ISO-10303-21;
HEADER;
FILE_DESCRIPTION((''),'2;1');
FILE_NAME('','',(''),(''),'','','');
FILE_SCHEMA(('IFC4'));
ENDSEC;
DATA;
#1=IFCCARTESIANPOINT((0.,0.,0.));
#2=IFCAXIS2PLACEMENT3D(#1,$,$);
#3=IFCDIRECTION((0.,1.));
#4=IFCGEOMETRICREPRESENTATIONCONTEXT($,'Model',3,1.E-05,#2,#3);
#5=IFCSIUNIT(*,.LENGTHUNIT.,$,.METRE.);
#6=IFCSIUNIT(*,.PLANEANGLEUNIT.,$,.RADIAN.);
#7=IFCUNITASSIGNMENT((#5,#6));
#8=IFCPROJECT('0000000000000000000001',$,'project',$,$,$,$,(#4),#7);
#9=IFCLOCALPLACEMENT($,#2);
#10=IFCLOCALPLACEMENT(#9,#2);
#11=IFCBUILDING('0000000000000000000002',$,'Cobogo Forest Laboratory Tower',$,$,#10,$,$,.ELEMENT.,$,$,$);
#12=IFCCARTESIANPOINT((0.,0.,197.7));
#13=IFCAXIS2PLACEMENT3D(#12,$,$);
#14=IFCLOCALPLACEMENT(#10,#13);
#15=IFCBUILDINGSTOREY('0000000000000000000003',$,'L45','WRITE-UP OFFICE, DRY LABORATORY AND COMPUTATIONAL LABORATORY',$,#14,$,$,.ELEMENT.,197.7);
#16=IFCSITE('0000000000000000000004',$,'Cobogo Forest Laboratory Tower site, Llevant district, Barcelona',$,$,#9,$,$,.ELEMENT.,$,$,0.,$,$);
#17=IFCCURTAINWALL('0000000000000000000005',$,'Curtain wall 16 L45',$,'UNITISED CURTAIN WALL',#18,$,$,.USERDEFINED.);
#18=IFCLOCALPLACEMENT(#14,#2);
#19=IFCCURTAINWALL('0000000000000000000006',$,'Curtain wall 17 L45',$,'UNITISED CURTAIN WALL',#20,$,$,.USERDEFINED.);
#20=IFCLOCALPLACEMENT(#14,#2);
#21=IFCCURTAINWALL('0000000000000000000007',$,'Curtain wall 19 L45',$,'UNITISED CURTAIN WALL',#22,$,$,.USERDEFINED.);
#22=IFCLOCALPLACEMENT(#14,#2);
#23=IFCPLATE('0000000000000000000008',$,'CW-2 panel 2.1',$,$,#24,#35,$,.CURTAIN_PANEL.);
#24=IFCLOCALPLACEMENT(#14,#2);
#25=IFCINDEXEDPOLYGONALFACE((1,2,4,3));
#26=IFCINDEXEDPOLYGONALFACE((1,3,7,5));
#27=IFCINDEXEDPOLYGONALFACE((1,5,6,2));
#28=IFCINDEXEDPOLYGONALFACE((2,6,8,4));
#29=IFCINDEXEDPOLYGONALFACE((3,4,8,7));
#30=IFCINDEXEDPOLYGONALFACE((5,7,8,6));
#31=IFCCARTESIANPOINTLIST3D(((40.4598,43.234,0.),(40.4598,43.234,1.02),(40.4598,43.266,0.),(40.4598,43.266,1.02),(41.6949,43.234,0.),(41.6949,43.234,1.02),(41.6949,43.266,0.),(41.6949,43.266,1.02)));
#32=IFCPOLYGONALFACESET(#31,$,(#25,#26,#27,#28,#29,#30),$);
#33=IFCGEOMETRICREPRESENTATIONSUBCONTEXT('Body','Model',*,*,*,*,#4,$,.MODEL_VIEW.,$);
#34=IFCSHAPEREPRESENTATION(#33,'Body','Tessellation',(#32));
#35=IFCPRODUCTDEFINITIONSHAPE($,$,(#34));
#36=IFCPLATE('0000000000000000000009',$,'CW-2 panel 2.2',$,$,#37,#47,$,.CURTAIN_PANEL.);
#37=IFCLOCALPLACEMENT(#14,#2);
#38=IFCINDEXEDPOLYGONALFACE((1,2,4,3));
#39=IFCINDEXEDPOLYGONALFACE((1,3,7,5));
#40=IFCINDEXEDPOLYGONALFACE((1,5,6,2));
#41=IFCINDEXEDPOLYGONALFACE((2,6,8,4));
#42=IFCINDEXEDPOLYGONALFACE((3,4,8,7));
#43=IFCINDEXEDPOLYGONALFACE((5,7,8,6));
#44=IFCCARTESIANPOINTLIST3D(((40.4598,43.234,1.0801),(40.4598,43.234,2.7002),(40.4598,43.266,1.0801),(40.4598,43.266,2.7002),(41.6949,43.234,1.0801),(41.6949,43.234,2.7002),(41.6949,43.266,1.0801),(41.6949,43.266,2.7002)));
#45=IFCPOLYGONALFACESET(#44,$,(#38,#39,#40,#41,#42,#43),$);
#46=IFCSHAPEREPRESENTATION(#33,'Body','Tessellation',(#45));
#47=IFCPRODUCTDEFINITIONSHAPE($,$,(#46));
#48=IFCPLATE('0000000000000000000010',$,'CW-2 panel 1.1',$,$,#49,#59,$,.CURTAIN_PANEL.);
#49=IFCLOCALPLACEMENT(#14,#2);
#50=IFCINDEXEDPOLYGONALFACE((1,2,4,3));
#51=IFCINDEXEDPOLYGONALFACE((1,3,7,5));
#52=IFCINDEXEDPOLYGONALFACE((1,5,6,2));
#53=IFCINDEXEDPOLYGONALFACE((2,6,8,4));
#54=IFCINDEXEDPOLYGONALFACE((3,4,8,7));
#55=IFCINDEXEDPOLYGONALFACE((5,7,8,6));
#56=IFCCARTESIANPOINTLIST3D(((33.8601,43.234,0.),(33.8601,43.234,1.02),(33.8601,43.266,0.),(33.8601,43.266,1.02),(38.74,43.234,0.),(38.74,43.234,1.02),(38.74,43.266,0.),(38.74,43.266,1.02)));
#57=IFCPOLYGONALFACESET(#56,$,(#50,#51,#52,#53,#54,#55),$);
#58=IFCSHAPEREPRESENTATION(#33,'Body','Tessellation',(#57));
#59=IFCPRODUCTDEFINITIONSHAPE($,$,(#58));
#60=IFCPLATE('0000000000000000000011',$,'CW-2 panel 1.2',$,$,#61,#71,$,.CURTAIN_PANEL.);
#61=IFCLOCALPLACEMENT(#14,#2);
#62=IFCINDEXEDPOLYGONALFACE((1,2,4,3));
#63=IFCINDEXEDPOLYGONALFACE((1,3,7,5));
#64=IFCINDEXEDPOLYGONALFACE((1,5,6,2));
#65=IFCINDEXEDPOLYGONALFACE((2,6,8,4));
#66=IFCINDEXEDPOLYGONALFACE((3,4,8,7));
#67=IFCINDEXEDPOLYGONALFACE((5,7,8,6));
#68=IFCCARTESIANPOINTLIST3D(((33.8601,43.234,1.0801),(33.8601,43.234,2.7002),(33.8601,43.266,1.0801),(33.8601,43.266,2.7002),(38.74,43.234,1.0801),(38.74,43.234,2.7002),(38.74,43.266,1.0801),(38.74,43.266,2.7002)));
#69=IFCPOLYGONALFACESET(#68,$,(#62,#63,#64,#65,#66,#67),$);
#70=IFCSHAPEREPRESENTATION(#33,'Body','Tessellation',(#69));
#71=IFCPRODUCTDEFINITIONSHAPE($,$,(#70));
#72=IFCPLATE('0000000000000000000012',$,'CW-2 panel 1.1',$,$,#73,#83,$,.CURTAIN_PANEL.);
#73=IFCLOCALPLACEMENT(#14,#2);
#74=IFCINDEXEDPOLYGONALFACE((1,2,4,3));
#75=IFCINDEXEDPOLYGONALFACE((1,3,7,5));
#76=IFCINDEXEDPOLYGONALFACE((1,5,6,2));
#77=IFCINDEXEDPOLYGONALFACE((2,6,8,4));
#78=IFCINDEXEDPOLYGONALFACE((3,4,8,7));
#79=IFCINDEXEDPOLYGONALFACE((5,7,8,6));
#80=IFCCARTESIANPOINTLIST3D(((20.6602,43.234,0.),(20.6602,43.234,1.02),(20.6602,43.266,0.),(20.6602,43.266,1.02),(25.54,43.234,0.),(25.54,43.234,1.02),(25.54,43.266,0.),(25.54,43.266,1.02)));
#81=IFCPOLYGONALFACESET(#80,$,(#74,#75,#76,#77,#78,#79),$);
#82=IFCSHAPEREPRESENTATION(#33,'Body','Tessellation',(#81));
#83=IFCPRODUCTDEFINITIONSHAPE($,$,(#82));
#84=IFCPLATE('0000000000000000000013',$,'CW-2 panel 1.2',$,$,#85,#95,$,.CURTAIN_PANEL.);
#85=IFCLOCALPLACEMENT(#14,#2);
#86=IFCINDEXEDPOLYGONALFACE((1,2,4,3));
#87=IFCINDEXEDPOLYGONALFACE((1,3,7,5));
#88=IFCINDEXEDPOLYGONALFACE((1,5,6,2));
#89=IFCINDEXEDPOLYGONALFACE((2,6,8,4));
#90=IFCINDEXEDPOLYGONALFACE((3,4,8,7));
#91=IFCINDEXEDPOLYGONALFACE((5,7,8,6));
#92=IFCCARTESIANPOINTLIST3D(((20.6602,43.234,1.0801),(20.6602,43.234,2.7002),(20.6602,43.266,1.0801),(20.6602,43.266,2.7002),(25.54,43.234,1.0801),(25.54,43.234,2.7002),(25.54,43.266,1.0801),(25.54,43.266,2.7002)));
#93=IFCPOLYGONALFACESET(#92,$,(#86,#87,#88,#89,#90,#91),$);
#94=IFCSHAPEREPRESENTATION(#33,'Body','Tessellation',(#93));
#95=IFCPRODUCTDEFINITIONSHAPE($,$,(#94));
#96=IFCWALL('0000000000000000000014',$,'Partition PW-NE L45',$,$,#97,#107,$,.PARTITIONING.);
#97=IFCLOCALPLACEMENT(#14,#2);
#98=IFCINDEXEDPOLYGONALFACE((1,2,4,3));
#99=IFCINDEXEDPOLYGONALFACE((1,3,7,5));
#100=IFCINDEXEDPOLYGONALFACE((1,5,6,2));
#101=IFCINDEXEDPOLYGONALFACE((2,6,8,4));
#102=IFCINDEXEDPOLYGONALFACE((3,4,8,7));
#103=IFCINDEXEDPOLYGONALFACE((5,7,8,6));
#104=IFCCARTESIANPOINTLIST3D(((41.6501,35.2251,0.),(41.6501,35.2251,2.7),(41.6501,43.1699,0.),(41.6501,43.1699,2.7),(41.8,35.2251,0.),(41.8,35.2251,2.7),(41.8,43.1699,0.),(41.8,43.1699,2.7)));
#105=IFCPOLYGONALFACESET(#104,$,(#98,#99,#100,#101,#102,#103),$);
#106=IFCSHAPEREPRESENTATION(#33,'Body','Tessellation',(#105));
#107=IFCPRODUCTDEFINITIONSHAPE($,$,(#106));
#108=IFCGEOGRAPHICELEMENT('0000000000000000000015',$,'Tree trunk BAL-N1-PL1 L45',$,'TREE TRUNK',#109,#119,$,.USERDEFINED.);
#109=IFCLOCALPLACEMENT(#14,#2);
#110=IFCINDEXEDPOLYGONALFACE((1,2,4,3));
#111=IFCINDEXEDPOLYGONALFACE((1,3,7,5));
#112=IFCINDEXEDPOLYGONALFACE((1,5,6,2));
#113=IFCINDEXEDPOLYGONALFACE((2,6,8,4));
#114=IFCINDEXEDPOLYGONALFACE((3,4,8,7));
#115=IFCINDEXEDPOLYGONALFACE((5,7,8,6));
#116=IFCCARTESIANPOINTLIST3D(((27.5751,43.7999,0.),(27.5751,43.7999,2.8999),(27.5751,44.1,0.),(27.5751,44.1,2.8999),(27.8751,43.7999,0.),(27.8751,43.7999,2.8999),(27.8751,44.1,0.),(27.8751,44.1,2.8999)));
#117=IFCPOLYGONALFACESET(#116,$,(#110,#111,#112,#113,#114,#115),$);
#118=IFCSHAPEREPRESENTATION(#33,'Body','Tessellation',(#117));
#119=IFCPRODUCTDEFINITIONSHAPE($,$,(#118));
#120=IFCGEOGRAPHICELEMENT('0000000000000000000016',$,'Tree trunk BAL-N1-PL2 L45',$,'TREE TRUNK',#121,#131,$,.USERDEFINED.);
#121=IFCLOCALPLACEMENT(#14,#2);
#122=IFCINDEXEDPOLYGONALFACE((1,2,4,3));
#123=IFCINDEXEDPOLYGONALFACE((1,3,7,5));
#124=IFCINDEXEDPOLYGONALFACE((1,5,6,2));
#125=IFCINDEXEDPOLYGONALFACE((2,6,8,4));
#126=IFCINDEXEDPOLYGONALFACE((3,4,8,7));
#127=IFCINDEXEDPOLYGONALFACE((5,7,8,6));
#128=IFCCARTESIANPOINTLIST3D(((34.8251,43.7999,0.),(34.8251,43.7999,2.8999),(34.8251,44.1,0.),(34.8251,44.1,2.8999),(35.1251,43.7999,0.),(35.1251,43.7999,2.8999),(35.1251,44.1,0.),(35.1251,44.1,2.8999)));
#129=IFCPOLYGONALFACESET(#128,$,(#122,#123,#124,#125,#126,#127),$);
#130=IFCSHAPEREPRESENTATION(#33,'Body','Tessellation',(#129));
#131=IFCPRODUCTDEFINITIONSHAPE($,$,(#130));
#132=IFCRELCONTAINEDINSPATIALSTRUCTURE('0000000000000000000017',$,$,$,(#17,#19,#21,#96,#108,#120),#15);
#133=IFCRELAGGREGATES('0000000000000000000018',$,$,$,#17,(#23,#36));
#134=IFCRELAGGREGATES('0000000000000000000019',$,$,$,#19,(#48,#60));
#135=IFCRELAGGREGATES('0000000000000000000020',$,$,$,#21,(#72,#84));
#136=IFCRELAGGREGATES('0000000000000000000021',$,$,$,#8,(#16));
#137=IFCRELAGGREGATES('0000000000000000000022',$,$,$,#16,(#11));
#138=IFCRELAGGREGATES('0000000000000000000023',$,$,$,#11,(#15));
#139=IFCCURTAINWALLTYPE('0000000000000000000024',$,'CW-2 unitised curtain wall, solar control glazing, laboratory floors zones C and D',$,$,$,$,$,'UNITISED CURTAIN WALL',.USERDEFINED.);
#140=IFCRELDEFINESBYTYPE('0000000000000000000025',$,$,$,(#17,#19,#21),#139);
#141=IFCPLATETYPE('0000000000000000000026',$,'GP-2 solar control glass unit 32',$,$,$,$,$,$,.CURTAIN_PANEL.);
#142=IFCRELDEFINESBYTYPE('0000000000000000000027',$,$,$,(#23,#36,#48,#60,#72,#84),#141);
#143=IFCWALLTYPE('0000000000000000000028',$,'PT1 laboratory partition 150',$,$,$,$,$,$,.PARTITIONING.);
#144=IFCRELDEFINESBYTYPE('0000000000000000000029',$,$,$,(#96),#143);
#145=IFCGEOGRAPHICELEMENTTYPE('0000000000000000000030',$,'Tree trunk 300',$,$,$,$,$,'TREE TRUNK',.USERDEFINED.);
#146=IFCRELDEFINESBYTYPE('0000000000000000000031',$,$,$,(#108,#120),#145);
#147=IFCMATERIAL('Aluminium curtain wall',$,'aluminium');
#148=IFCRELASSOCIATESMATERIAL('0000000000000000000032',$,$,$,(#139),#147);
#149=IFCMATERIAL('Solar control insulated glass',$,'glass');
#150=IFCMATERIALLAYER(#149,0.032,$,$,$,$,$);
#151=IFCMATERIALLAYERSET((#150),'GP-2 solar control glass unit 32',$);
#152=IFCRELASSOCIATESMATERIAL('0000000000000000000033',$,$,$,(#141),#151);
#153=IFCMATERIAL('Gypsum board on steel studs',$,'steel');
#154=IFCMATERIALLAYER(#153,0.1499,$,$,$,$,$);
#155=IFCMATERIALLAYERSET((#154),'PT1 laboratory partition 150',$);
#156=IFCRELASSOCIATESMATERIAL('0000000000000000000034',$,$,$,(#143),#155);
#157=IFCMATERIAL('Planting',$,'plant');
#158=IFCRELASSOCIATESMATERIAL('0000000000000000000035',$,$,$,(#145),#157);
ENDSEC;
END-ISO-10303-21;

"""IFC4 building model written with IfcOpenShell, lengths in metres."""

from ifc_helpers import new_model, si_unit, direction, frame, frame_2d, origin, origin_2d, place, context, subcontext, project, spatial, rectangle, extrude, material, layer, layer_set, type_object, element, aggregate, save


model = new_model("IFC4")

# Units and contexts
model_context = context("Model", 3, precision=1e-05, world=origin(), true_north=direction((0.0, 1.0)))
body_context = subcontext(model_context, "Body", "Model", "MODEL_VIEW")
ifc_project = project(units=[si_unit("LENGTHUNIT", "METRE"), si_unit("PLANEANGLEUNIT", "RADIAN")], contexts=[model_context])

# Site, building, storey
site_placement = place(None, origin())
site = spatial("IfcSite", under=ifc_project, at=site_placement, Name="Cobogo Forest Laboratory Tower site, Llevant district, Barcelona", CompositionType="ELEMENT", RefElevation=0.0)
building_placement = place(site_placement, origin())
building = spatial("IfcBuilding", under=site, at=building_placement, Name="Cobogo Forest Laboratory Tower", CompositionType="ELEMENT")
storey_placement = place(building_placement, frame((0.0, 0.0, 197.7)))
storey = spatial("IfcBuildingStorey", under=building, at=storey_placement, Name="L45", Description="WRITE-UP OFFICE, DRY LABORATORY AND COMPUTATIONAL LABORATORY", CompositionType="ELEMENT", Elevation=197.7)

# Curtain walls
ifc_material_1 = material(Name="Aluminium curtain wall", Category="aluminium")
curtain_wall_type = type_object("IfcCurtainWallType", Name="CW-2 unitised curtain wall, solar control glazing, laboratory floors zones C and D", ElementType="UNITISED CURTAIN WALL", PredefinedType="USERDEFINED", material=ifc_material_1)
curtain_wall_1_placement = place(storey_placement, origin())
curtain_wall_1 = element("IfcCurtainWall", 1, at=curtain_wall_1_placement, inside=storey, type_object=curtain_wall_type, Name="Curtain wall 16 L45", ObjectType="UNITISED CURTAIN WALL", PredefinedType="USERDEFINED")
curtain_wall_2_placement = place(storey_placement, origin())
curtain_wall_2 = element("IfcCurtainWall", 2, at=curtain_wall_2_placement, inside=storey, type_object=curtain_wall_type, Name="Curtain wall 17 L45", ObjectType="UNITISED CURTAIN WALL", PredefinedType="USERDEFINED")
curtain_wall_3_placement = place(storey_placement, origin())
curtain_wall_3 = element("IfcCurtainWall", 3, at=curtain_wall_3_placement, inside=storey, type_object=curtain_wall_type, Name="Curtain wall 19 L45", ObjectType="UNITISED CURTAIN WALL", PredefinedType="USERDEFINED")

# Plates
ifc_material_2 = material(Name="Solar control insulated glass", Category="glass")
ifc_layer_1 = layer(ifc_material_2, 0.032)
ifc_layer_set_1 = layer_set([ifc_layer_1], Name="GP-2 solar control glass unit 32")
plate_type_1 = type_object("IfcPlateType", Name="GP-2 solar control glass unit 32", PredefinedType="CURTAIN_PANEL", material=ifc_layer_set_1)
plate_1_placement = place(storey_placement, frame((41.0774, 43.25, 0.0), z_axis=(0.0, 0.0, 1.0), x_axis=(-1.0, 0.0, 0.0)))
plate_1 = element("IfcPlate", 4, at=plate_1_placement, type_object=plate_type_1, Name="CW-2 panel 2.1", PredefinedType="CURTAIN_PANEL", context=body_context, shape_type="SweptSolid", body=[
    extrude(rectangle(XDim=1.2351, YDim=0.032, at=origin_2d()), origin(), (0.0, 0.0, 1.0), 1.02),
])
plate_2_placement = place(storey_placement, frame((41.0774, 43.25, 1.0801), z_axis=(0.0, 0.0, 1.0), x_axis=(-1.0, 0.0, 0.0)))
plate_2 = element("IfcPlate", 5, at=plate_2_placement, type_object=plate_type_1, Name="CW-2 panel 2.2", PredefinedType="CURTAIN_PANEL", context=body_context, shape_type="SweptSolid", body=[
    extrude(rectangle(XDim=1.2351, YDim=0.032, at=origin_2d()), origin(), (0.0, 0.0, 1.0), 1.6201),
])
aggregate(curtain_wall_1, [plate_1, plate_2])
plate_3_placement = place(storey_placement, frame((36.3, 43.25, 0.0), z_axis=(0.0, 0.0, 1.0), x_axis=(-1.0, 0.0, 0.0)))
plate_3 = element("IfcPlate", 6, at=plate_3_placement, type_object=plate_type_1, Name="CW-2 panel 1.1", PredefinedType="CURTAIN_PANEL", context=body_context, shape_type="SweptSolid", body=[
    extrude(rectangle(XDim=4.8799, YDim=0.032, at=origin_2d()), origin(), (0.0, 0.0, 1.0), 1.02),
])
plate_4_placement = place(storey_placement, frame((36.3, 43.25, 1.0801), z_axis=(0.0, 0.0, 1.0), x_axis=(-1.0, 0.0, 0.0)))
plate_4 = element("IfcPlate", 7, at=plate_4_placement, type_object=plate_type_1, Name="CW-2 panel 1.2", PredefinedType="CURTAIN_PANEL", context=body_context, shape_type="SweptSolid", body=[
    extrude(rectangle(XDim=4.8799, YDim=0.032, at=origin_2d()), origin(), (0.0, 0.0, 1.0), 1.6201),
])
aggregate(curtain_wall_2, [plate_3, plate_4])
plate_5_placement = place(storey_placement, frame((23.1001, 43.25, 0.0), z_axis=(0.0, 0.0, 1.0), x_axis=(-1.0, 0.0, 0.0)))
plate_5 = element("IfcPlate", 8, at=plate_5_placement, type_object=plate_type_1, Name="CW-2 panel 1.1", PredefinedType="CURTAIN_PANEL", context=body_context, shape_type="SweptSolid", body=[
    extrude(rectangle(XDim=4.8799, YDim=0.032, at=origin_2d()), origin(), (0.0, 0.0, 1.0), 1.02),
])
plate_6_placement = place(storey_placement, frame((23.1001, 43.25, 1.0801), z_axis=(0.0, 0.0, 1.0), x_axis=(-1.0, 0.0, 0.0)))
plate_6 = element("IfcPlate", 9, at=plate_6_placement, type_object=plate_type_1, Name="CW-2 panel 1.2", PredefinedType="CURTAIN_PANEL", context=body_context, shape_type="SweptSolid", body=[
    extrude(rectangle(XDim=4.8799, YDim=0.032, at=origin_2d()), origin(), (0.0, 0.0, 1.0), 1.6201),
])
aggregate(curtain_wall_3, [plate_5, plate_6])

# Wall
ifc_material_3 = material(Name="Gypsum board on steel studs", Category="steel")
ifc_layer_2 = layer(ifc_material_3, 0.1499)
ifc_layer_set_2 = layer_set([ifc_layer_2], Name="PT1 laboratory partition 150")
wall_type_1 = type_object("IfcWallType", Name="PT1 laboratory partition 150", PredefinedType="PARTITIONING", material=ifc_layer_set_2)
wall_1_placement = place(storey_placement, frame((41.7251, 43.1699, 0.0), z_axis=(0.0, 0.0, 1.0), x_axis=(0.0, -1.0, 0.0)))
element("IfcWall", 10, at=wall_1_placement, inside=storey, type_object=wall_type_1, Name="Partition PW-NE L45", PredefinedType="PARTITIONING", context=body_context, shape_type="SweptSolid", body=[
    extrude(rectangle(XDim=7.9448, YDim=0.1499, at=frame_2d((3.9724, 0.0))), origin(), (0.0, 0.0, 1.0), 2.7),
])

# Geographic elements
ifc_material_4 = material(Name="Planting", Category="plant")
geographic_element_type = type_object("IfcGeographicElementType", Name="Tree trunk 300", ElementType="TREE TRUNK", PredefinedType="USERDEFINED", material=ifc_material_4)
for number, where, z_axis, x_axis, name in (
    (11, (27.7251, 43.95, 0.0), (0.0, 0.0, 1.0), (1.0, 0.0, 0.0), "Tree trunk BAL-N1-PL1 L45"),
    (12, (34.9751, 43.95, 0.0), (0.0, 0.0, 1.0), (1.0, 0.0, 0.0), "Tree trunk BAL-N1-PL2 L45"),
):
    element("IfcGeographicElement", number, at=place(storey_placement, frame(where, z_axis=z_axis, x_axis=x_axis)), inside=storey, type_object=geographic_element_type, Name=name, ObjectType="TREE TRUNK", PredefinedType="USERDEFINED", context=body_context, shape_type="SweptSolid", body=[
        extrude(rectangle(XDim=0.3, YDim=0.3, at=origin_2d()), origin(), (0.0, 0.0, 1.0), 2.8999),
    ])

save(model, "model.ifc")
